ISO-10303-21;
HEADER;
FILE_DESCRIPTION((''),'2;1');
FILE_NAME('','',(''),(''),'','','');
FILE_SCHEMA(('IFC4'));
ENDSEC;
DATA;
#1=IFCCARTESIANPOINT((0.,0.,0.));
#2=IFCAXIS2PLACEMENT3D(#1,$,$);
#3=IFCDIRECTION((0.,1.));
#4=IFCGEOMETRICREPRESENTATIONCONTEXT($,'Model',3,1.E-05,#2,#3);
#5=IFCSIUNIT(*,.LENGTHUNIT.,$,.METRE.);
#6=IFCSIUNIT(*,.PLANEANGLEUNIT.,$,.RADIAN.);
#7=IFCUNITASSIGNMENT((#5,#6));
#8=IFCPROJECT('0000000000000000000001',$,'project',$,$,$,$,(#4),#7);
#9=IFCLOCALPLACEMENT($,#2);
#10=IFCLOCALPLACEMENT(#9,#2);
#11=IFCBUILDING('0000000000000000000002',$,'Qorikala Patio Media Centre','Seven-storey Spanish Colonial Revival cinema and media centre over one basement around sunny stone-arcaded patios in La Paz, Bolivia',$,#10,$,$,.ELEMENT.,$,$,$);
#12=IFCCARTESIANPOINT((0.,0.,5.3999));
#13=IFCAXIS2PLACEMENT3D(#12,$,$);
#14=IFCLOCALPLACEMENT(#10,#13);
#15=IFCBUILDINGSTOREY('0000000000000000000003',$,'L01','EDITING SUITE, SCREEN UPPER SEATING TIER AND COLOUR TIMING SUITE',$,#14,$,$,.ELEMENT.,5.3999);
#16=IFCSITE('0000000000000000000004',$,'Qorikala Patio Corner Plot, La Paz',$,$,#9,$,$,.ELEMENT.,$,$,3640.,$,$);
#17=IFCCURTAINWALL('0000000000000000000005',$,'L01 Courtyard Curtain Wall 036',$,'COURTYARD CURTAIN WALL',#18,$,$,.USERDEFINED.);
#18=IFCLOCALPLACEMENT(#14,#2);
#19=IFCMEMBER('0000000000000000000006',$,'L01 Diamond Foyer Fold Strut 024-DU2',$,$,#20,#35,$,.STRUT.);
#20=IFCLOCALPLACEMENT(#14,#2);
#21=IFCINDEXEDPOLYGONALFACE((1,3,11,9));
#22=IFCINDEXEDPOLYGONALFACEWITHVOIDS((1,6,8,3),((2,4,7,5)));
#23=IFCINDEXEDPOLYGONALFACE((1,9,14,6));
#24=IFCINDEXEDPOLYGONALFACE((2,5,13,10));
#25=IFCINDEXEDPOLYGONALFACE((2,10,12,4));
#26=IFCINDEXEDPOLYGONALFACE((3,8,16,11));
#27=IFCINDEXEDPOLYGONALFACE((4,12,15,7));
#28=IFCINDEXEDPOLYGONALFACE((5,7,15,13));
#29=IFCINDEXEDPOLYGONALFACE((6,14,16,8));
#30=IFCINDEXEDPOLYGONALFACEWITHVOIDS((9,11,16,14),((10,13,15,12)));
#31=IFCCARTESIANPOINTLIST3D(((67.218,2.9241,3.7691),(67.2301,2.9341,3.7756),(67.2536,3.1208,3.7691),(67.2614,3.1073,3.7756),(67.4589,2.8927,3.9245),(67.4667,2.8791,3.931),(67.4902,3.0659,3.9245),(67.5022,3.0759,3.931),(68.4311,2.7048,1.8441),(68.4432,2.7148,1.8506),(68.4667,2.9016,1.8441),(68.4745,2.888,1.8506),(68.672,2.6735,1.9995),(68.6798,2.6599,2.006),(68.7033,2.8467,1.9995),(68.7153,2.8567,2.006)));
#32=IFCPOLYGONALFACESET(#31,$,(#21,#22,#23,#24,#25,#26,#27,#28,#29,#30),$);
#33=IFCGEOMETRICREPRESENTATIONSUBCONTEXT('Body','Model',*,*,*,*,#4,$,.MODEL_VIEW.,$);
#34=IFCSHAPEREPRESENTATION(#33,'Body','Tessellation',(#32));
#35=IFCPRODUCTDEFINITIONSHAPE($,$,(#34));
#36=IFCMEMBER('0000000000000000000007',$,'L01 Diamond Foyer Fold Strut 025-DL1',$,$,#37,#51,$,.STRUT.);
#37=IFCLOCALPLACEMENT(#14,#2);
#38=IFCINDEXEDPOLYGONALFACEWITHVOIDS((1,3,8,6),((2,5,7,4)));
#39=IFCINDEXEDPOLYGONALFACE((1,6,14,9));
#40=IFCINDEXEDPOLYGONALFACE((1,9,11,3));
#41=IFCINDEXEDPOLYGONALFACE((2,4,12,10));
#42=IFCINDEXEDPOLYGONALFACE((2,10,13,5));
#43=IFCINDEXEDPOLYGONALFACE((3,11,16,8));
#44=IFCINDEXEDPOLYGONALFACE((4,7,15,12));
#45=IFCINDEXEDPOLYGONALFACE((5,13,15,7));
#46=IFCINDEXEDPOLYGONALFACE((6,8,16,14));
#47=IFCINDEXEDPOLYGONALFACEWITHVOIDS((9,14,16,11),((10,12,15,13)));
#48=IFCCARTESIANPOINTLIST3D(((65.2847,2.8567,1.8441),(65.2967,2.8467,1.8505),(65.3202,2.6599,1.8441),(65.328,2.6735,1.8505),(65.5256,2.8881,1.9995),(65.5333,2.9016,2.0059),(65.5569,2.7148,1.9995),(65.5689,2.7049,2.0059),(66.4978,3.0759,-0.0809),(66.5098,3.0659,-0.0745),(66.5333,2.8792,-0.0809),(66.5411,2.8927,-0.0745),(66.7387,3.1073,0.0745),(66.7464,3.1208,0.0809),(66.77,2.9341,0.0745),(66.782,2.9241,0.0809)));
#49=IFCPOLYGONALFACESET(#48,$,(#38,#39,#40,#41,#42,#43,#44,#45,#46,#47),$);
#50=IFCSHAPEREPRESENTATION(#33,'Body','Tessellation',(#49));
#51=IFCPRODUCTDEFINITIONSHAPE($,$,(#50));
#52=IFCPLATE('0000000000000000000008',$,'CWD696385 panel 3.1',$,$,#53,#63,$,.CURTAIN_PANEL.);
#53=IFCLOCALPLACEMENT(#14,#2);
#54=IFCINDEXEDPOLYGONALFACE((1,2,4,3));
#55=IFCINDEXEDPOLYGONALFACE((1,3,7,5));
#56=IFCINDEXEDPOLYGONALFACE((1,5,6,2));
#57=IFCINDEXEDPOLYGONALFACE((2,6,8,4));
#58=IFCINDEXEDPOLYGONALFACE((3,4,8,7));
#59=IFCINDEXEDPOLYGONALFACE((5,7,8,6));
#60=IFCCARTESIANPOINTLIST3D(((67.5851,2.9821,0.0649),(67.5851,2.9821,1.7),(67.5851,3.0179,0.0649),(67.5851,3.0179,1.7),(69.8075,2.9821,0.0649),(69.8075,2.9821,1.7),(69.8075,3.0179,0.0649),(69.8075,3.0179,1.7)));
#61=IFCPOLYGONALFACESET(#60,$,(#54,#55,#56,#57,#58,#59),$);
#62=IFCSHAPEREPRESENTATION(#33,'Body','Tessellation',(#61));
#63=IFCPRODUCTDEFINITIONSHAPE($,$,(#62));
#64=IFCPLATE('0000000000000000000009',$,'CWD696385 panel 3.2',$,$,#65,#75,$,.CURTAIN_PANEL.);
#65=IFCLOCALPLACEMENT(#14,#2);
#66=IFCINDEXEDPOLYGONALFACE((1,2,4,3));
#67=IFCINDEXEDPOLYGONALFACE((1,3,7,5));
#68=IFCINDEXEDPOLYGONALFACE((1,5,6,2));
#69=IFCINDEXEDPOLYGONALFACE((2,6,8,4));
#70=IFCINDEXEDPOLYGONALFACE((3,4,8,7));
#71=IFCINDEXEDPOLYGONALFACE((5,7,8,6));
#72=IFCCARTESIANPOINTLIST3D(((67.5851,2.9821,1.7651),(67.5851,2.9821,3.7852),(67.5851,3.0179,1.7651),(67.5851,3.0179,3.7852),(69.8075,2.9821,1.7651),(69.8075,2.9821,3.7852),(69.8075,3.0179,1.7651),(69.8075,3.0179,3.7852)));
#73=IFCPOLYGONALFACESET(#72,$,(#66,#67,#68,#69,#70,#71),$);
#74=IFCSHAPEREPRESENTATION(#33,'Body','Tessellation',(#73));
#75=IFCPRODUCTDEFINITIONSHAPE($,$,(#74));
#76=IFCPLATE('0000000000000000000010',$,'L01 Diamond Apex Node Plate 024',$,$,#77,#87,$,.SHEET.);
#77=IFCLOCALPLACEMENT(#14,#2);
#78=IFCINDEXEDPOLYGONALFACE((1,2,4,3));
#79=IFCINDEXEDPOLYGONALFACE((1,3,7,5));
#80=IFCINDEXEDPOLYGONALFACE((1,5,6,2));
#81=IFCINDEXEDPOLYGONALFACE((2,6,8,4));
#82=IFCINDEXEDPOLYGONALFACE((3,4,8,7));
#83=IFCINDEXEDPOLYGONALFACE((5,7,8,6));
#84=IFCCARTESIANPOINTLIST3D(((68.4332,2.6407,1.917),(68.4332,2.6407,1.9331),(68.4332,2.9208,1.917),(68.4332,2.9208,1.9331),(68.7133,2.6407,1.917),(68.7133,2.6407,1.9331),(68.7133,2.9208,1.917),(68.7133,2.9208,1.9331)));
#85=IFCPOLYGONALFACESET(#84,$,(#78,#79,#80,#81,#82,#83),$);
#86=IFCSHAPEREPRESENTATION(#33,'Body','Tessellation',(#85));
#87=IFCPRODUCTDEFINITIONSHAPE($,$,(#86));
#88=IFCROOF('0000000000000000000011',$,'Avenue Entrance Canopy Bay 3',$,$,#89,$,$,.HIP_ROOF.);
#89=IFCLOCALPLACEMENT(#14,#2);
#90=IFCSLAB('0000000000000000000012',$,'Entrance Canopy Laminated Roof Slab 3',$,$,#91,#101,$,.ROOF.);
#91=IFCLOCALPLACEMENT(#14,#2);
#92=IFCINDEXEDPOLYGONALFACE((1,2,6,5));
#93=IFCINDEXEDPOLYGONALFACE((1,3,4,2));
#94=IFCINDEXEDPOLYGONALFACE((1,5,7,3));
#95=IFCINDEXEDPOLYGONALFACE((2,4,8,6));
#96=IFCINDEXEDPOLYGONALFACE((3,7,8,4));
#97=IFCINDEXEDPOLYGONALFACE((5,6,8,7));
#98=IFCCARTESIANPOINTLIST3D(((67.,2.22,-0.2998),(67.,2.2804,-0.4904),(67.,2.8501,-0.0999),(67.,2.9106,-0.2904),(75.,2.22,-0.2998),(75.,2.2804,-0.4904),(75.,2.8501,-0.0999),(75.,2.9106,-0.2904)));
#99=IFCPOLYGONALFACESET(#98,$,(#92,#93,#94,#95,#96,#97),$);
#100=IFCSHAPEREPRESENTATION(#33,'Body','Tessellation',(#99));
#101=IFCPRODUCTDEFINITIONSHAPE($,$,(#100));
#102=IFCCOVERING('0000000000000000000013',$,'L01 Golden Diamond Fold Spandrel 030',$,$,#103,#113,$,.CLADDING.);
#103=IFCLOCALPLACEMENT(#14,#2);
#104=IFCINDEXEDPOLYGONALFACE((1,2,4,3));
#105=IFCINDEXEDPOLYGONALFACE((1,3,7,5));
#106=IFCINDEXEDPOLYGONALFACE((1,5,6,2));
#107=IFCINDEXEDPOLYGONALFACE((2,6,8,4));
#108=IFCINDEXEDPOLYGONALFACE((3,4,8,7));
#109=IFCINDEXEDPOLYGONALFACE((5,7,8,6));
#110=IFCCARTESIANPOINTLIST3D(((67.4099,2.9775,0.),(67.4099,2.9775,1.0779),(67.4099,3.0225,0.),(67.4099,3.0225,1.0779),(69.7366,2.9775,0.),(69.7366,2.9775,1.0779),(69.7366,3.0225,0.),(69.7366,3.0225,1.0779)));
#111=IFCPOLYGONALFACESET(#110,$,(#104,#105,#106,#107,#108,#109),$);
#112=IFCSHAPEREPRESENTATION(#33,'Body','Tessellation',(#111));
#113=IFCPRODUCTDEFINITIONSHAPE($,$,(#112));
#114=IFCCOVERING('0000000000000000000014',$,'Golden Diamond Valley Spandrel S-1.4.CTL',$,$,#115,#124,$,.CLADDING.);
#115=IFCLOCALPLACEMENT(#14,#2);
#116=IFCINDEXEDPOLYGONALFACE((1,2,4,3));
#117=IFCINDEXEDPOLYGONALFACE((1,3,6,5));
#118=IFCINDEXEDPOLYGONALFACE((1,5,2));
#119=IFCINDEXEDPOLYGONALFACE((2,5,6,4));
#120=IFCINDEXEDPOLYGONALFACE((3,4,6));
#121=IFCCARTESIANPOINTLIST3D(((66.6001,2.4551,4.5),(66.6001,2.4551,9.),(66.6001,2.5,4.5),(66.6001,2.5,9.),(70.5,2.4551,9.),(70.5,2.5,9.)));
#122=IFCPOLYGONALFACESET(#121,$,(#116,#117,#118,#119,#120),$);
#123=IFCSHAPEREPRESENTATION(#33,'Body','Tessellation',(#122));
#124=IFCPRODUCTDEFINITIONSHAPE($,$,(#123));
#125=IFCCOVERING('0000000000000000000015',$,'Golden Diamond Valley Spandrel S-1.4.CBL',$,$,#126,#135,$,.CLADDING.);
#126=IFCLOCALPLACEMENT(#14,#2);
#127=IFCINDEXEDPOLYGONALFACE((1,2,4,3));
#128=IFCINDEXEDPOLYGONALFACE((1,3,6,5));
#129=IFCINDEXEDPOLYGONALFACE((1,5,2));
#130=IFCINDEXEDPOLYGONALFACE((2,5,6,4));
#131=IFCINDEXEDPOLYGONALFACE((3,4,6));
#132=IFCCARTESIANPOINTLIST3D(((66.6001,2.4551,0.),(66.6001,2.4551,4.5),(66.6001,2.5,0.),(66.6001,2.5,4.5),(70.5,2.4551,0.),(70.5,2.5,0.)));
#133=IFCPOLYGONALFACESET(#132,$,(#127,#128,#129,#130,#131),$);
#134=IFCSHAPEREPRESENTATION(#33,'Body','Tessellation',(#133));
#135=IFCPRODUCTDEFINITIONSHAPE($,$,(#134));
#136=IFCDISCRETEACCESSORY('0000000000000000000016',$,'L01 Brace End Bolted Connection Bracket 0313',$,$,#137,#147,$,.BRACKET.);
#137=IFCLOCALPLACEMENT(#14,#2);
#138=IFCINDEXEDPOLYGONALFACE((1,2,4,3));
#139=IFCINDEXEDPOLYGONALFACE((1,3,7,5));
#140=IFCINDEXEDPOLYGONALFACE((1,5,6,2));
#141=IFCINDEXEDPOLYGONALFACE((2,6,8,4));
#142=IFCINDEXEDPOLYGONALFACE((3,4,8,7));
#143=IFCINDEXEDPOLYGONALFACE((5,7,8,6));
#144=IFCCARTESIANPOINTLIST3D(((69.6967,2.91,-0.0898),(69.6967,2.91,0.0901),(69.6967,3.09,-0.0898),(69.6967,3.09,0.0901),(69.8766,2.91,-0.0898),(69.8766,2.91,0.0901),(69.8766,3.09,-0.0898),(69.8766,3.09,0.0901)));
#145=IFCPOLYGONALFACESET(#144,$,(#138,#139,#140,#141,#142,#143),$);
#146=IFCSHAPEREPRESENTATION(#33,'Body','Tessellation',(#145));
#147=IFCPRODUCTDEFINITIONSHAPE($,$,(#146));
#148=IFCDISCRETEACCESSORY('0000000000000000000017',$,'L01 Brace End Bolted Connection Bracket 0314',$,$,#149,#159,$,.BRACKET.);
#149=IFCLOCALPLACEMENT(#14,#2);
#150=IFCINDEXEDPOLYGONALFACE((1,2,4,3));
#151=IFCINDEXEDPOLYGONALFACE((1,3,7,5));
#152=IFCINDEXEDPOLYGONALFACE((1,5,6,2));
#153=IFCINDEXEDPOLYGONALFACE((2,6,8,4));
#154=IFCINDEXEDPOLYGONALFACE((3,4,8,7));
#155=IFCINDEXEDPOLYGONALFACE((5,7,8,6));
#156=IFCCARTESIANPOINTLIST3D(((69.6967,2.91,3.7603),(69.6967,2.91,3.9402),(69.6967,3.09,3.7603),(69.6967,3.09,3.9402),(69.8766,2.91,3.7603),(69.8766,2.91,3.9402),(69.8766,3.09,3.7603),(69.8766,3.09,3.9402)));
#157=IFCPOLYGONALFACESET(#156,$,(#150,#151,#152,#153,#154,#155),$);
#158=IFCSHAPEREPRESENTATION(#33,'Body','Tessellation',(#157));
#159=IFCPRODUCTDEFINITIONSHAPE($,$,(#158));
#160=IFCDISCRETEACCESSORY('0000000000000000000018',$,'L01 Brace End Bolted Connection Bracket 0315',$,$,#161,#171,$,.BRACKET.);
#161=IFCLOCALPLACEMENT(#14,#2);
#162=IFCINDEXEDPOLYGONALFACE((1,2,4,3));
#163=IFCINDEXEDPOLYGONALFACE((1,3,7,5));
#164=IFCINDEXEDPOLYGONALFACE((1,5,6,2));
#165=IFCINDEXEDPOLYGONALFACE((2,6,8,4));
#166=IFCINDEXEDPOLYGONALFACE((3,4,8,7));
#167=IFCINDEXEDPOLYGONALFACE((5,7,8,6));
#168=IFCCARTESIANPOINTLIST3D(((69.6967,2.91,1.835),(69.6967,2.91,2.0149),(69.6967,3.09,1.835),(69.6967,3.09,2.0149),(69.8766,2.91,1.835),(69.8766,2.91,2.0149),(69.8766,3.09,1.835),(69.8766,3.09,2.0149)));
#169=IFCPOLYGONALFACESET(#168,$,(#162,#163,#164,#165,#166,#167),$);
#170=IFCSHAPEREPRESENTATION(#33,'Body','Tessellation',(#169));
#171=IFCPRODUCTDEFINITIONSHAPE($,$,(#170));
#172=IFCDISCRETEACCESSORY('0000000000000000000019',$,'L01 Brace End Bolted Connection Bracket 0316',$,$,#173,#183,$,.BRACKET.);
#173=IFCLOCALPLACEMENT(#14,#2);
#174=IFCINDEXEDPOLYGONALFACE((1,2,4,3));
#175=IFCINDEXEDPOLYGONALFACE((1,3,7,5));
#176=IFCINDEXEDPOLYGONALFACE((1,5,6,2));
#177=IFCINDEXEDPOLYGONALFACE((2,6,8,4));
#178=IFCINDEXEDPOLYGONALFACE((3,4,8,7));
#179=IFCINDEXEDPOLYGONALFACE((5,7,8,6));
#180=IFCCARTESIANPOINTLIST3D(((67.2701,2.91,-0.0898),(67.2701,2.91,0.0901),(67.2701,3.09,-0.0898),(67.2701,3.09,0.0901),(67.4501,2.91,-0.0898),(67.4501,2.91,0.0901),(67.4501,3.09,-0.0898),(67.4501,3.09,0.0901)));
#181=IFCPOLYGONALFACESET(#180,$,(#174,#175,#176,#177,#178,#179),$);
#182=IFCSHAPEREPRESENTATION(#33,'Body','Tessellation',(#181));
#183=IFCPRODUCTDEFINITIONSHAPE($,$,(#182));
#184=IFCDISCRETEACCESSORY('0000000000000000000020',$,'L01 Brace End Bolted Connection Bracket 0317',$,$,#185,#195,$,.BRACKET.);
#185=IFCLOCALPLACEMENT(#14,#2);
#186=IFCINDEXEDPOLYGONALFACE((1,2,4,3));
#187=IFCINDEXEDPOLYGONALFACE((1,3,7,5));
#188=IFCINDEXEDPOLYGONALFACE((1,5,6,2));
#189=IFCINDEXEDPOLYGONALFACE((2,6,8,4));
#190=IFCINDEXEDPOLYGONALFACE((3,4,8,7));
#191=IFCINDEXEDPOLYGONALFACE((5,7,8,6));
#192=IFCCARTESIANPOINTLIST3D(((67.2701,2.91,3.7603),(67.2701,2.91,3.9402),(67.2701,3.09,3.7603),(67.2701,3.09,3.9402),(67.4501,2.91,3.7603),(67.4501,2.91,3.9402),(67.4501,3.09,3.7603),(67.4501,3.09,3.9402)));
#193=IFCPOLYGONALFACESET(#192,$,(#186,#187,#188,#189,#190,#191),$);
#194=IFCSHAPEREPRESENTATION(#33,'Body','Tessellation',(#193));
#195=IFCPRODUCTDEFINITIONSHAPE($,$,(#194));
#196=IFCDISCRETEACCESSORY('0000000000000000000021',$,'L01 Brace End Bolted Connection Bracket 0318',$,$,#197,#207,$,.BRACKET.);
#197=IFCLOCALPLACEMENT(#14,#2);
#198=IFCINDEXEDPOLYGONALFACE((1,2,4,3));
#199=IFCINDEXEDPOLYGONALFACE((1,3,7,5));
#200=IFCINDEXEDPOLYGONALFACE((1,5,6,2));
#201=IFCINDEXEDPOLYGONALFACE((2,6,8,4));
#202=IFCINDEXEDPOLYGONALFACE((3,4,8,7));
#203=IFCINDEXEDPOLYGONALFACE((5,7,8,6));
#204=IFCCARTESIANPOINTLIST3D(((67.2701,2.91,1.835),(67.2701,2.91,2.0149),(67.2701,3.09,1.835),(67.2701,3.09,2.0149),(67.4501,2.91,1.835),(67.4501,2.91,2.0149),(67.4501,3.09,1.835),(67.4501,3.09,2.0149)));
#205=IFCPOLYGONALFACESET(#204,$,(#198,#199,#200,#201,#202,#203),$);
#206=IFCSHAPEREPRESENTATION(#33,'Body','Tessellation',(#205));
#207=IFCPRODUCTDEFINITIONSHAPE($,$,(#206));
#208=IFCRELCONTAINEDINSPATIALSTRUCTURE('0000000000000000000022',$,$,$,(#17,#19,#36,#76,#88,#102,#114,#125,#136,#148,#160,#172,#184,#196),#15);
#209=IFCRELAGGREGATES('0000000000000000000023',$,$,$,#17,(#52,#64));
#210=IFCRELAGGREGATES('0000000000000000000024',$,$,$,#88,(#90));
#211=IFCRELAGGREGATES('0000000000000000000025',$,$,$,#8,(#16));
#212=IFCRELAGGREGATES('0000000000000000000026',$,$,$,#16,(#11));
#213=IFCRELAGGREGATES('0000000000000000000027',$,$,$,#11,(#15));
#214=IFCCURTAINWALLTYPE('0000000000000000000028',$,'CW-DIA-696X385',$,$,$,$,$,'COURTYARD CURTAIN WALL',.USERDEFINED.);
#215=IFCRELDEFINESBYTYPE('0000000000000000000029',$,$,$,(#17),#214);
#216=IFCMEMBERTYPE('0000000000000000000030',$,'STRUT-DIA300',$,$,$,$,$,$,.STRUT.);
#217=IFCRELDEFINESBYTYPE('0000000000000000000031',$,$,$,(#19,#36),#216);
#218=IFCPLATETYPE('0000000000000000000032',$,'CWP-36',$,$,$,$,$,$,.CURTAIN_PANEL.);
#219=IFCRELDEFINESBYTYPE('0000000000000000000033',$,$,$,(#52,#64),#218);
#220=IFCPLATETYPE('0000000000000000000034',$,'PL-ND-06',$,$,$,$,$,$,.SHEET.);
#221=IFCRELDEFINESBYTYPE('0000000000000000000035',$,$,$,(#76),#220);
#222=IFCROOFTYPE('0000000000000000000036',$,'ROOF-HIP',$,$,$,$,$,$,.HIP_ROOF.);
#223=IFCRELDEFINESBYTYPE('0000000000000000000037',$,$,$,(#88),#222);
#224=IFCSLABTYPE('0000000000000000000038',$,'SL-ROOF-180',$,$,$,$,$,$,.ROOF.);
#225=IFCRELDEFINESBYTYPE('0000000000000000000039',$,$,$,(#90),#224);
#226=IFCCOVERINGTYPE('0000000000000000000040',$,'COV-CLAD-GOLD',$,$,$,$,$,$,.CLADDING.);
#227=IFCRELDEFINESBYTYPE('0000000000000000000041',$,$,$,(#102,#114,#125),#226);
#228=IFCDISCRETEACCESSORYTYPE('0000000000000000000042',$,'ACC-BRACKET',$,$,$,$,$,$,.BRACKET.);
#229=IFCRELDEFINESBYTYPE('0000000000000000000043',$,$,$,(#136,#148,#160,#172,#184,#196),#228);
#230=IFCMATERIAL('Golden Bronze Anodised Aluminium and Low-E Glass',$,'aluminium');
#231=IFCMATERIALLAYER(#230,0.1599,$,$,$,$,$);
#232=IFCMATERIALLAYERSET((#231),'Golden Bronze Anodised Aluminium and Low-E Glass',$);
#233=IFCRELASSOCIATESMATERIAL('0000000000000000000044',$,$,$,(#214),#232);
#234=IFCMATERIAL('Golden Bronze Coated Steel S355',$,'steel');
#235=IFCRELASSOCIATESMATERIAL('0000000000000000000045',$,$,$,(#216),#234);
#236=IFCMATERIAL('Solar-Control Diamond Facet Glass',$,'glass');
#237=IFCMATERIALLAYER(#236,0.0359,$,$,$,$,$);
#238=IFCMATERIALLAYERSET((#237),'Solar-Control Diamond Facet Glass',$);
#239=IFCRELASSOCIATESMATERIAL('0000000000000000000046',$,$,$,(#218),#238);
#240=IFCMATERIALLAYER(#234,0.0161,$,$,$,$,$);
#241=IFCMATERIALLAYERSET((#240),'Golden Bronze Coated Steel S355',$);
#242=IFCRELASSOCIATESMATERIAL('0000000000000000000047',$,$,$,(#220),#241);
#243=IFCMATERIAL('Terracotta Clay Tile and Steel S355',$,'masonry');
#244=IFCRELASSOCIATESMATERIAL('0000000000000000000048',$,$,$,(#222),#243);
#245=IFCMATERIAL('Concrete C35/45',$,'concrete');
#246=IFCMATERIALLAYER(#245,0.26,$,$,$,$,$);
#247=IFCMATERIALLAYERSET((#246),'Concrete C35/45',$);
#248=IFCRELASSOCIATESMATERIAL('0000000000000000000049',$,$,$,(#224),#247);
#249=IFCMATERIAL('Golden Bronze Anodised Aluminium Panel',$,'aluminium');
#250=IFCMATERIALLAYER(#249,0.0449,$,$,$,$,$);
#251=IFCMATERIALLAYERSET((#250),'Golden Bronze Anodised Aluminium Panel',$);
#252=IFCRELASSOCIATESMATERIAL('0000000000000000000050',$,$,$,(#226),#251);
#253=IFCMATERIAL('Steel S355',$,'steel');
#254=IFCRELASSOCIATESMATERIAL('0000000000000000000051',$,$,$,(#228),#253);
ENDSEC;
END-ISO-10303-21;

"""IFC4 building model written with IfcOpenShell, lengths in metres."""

from ifc_helpers import new_model, si_unit, direction, frame, origin, origin_2d, place, context, subcontext, project, spatial, polyline, rectangle, hollow_rectangle, outline, extrude, material, layer, layer_set, material_profile, profile_set, type_object, element, aggregate, save


model = new_model("IFC4")

# Units and contexts
model_context = context("Model", 3, precision=1e-05, world=origin(), true_north=direction((0.0, 1.0)))
body_context = subcontext(model_context, "Body", "Model", "MODEL_VIEW")
ifc_project = project(units=[si_unit("LENGTHUNIT", "METRE"), si_unit("PLANEANGLEUNIT", "RADIAN")], contexts=[model_context])

# Site, building, storey
site_placement = place(None, origin())
site = spatial("IfcSite", under=ifc_project, at=site_placement, Name="Qorikala Patio Corner Plot, La Paz", CompositionType="ELEMENT", RefElevation=3640.0)
building_placement = place(site_placement, origin())
building = spatial("IfcBuilding", under=site, at=building_placement, Name="Qorikala Patio Media Centre", Description="Seven-storey Spanish Colonial Revival cinema and media centre over one basement around sunny stone-arcaded patios in La Paz, Bolivia", CompositionType="ELEMENT")
storey_placement = place(building_placement, frame((0.0, 0.0, 5.3999)))
storey = spatial("IfcBuildingStorey", under=building, at=storey_placement, Name="L01", Description="EDITING SUITE, SCREEN UPPER SEATING TIER AND COLOUR TIMING SUITE", CompositionType="ELEMENT", Elevation=5.3999)

# Shared definitions
ifc_material_1 = material(Name="Concrete C35/45", Category="concrete")

# Shared definitions
ifc_material_2 = material(Name="Golden Bronze Coated Steel S355", Category="steel")

# Curtain wall
ifc_material_3 = material(Name="Golden Bronze Anodised Aluminium and Low-E Glass", Category="aluminium")
ifc_layer_1 = layer(ifc_material_3, 0.1599)
ifc_layer_set_1 = layer_set([ifc_layer_1], Name="Golden Bronze Anodised Aluminium and Low-E Glass")
curtain_wall_type = type_object("IfcCurtainWallType", Name="CW-DIA-696X385", ElementType="COURTYARD CURTAIN WALL", PredefinedType="USERDEFINED", material=ifc_layer_set_1)
curtain_wall_placement = place(storey_placement, origin())
curtain_wall = element("IfcCurtainWall", 1, at=curtain_wall_placement, inside=storey, type_object=curtain_wall_type, Name="L01 Courtyard Curtain Wall 036", ObjectType="COURTYARD CURTAIN WALL", PredefinedType="USERDEFINED")

# Shared definitions
ifc_material_4 = material(Name="Steel S355", Category="steel")

# Members
ifc_material_profile_1 = material_profile(ifc_material_2, hollow_rectangle(XDim=0.2, YDim=0.3, WallThickness=0.012, at=origin_2d()), Name="HSS300X200X12")
ifc_profile_set_1 = profile_set([ifc_material_profile_1], Name="Golden Bronze Coated Steel S355")
member_type_1 = type_object("IfcMemberType", Name="STRUT-DIA300", PredefinedType="STRUT", material=ifc_profile_set_1)
for number, where, z_axis, x_axis, name in (
    (2, (68.5732, 2.7808, 1.925), (-0.530691, 0.095907, 0.842121), (-0.17784, -0.984059, 0.0), "L01 Diamond Foyer Fold Strut 024-DU2"),
    (3, (66.6399, 3.0, 0.0), (-0.530691, -0.095907, 0.842121), (0.17784, -0.984059, 0.0), "L01 Diamond Foyer Fold Strut 025-DL1"),
):
    element("IfcMember", number, at=place(storey_placement, frame(where, z_axis=z_axis, x_axis=x_axis)), inside=storey, type_object=member_type_1, Name=name, PredefinedType="STRUT", context=body_context, shape_type="SweptSolid", body=[
        extrude(hollow_rectangle(XDim=0.2, YDim=0.3, WallThickness=0.012, at=origin_2d()), origin(), (0.0, 0.0, 1.0), 2.2859),
    ])

# Plates
ifc_material_5 = material(Name="Solar-Control Diamond Facet Glass", Category="glass")
ifc_layer_2 = layer(ifc_material_5, 0.0359)
ifc_layer_set_2 = layer_set([ifc_layer_2], Name="Solar-Control Diamond Facet Glass")
plate_type_1 = type_object("IfcPlateType", Name="CWP-36", PredefinedType="CURTAIN_PANEL", material=ifc_layer_set_2)
plate_1_placement = place(storey_placement, frame((68.6963, 3.0, 0.0649), z_axis=(0.0, 0.0, 1.0), x_axis=(-1.0, 0.0, 0.0)))
plate_1 = element("IfcPlate", 4, at=plate_1_placement, type_object=plate_type_1, Name="CWD696385 panel 3.1", PredefinedType="CURTAIN_PANEL", context=body_context, shape_type="SweptSolid", body=[
    extrude(rectangle(XDim=2.2224, YDim=0.0359, at=origin_2d()), origin(), (0.0, 0.0, 1.0), 1.635),
])
plate_2_placement = place(storey_placement, frame((68.6963, 3.0, 1.7651), z_axis=(0.0, 0.0, 1.0), x_axis=(-1.0, 0.0, 0.0)))
plate_2 = element("IfcPlate", 5, at=plate_2_placement, type_object=plate_type_1, Name="CWD696385 panel 3.2", PredefinedType="CURTAIN_PANEL", context=body_context, shape_type="SweptSolid", body=[
    extrude(rectangle(XDim=2.2224, YDim=0.0359, at=origin_2d()), origin(), (0.0, 0.0, 1.0), 2.02),
])
aggregate(curtain_wall, [plate_1, plate_2])
ifc_layer_3 = layer(ifc_material_2, 0.0161)
ifc_layer_set_3 = layer_set([ifc_layer_3], Name="Golden Bronze Coated Steel S355")
plate_type_2 = type_object("IfcPlateType", Name="PL-ND-06", PredefinedType="SHEET", material=ifc_layer_set_3)
plate_3_placement = place(storey_placement, frame((68.5732, 2.7808, 1.917), z_axis=(0.0, 0.0, 1.0), x_axis=(-1.0, 0.0, 0.0)))
element("IfcPlate", 6, at=plate_3_placement, inside=storey, type_object=plate_type_2, Name="L01 Diamond Apex Node Plate 024", PredefinedType="SHEET", context=body_context, shape_type="SweptSolid", body=[
    extrude(rectangle(XDim=0.28, YDim=0.28, at=origin_2d()), origin(), (0.0, 0.0, 1.0), 0.0161),
])

# Roof, slab
ifc_material_6 = material(Name="Terracotta Clay Tile and Steel S355", Category="masonry")
roof_type = type_object("IfcRoofType", Name="ROOF-HIP", PredefinedType="HIP_ROOF", material=ifc_material_6)
roof_placement = place(storey_placement, origin())
roof = element("IfcRoof", 7, at=roof_placement, inside=storey, type_object=roof_type, Name="Avenue Entrance Canopy Bay 3", PredefinedType="HIP_ROOF")
ifc_layer_4 = layer(ifc_material_1, 0.26)
ifc_layer_set_4 = layer_set([ifc_layer_4], Name="Concrete C35/45")
slab_type = type_object("IfcSlabType", Name="SL-ROOF-180", PredefinedType="ROOF", material=ifc_layer_set_4)
slab_placement = place(storey_placement, frame((67.0, 2.22, -0.2998), z_axis=(0.0, -0.302457, 0.953163), x_axis=(1.0, 0.0, 0.0)))
slab = element("IfcSlab", 8, at=slab_placement, type_object=slab_type, Name="Entrance Canopy Laminated Roof Slab 3", PredefinedType="ROOF", context=body_context, shape_type="SweptSolid", body=[
    extrude(outline(polyline([(0.0, 0.0), (8.0, 0.0), (8.0, 0.6611), (0.0, 0.6611), (0.0, 0.0)])), origin(), (0.0, 0.0, -1.0), 0.2),
])
aggregate(roof, [slab])

# Coverings
ifc_material_7 = material(Name="Golden Bronze Anodised Aluminium Panel", Category="aluminium")
ifc_layer_5 = layer(ifc_material_7, 0.0449)
ifc_layer_set_5 = layer_set([ifc_layer_5], Name="Golden Bronze Anodised Aluminium Panel")
covering_type = type_object("IfcCoveringType", Name="COV-CLAD-GOLD", PredefinedType="CLADDING", material=ifc_layer_set_5)
covering_1_placement = place(storey_placement, frame((68.5732, 3.0, 0.0), z_axis=(0.0, 0.0, 1.0), x_axis=(-1.0, 0.0, 0.0)))
element("IfcCovering", 9, at=covering_1_placement, inside=storey, type_object=covering_type, Name="L01 Golden Diamond Fold Spandrel 030", PredefinedType="CLADDING", context=body_context, shape_type="SweptSolid", body=[
    extrude(rectangle(XDim=2.3267, YDim=0.0449, at=origin_2d()), origin(), (0.0, 0.0, 1.0), 1.0779),
])
covering_2_placement = place(storey_placement, frame((66.6001, 2.5, 9.0), z_axis=(0.0, 1.0, 0.0), x_axis=(1.0, 0.0, 0.0)))
element("IfcCovering", 10, at=covering_2_placement, inside=storey, type_object=covering_type, Name="Golden Diamond Valley Spandrel S-1.4.CTL", PredefinedType="CLADDING", context=body_context, shape_type="SweptSolid", body=[
    extrude(outline(polyline([(0.0, 0.0), (3.8999, 0.0), (0.0, 4.5), (0.0, 0.0)])), origin(), (0.0, 0.0, -1.0), 0.0449),
])
covering_3_placement = place(storey_placement, frame((66.6001, 2.5, 0.0), z_axis=(0.0, 1.0, 0.0), x_axis=(0.0, 0.0, 1.0)))
element("IfcCovering", 11, at=covering_3_placement, inside=storey, type_object=covering_type, Name="Golden Diamond Valley Spandrel S-1.4.CBL", PredefinedType="CLADDING", context=body_context, shape_type="SweptSolid", body=[
    extrude(outline(polyline([(0.0, 0.0), (4.5, 0.0), (0.0, 3.8999), (0.0, 0.0)])), origin(), (0.0, 0.0, -1.0), 0.0449),
])

# Discrete accessories
discrete_accessory_type = type_object("IfcDiscreteAccessoryType", Name="ACC-BRACKET", PredefinedType="BRACKET", material=ifc_material_4)
for number, where, z_axis, x_axis, name in (
    (12, (69.7866, 3.0, -0.0898), (0.0, 0.0, 1.0), (1.0, 0.0, 0.0), "L01 Brace End Bolted Connection Bracket 0313"),
    (13, (69.7866, 3.0, 3.7603), (0.0, 0.0, 1.0), (1.0, 0.0, 0.0), "L01 Brace End Bolted Connection Bracket 0314"),
    (14, (69.7866, 3.0, 1.835), (0.0, 0.0, 1.0), (1.0, 0.0, 0.0), "L01 Brace End Bolted Connection Bracket 0315"),
    (15, (67.3601, 3.0, -0.0898), (0.0, 0.0, 1.0), (1.0, 0.0, 0.0), "L01 Brace End Bolted Connection Bracket 0316"),
    (16, (67.3601, 3.0, 3.7603), (0.0, 0.0, 1.0), (1.0, 0.0, 0.0), "L01 Brace End Bolted Connection Bracket 0317"),
    (17, (67.3601, 3.0, 1.835), (0.0, 0.0, 1.0), (1.0, 0.0, 0.0), "L01 Brace End Bolted Connection Bracket 0318"),
):
    element("IfcDiscreteAccessory", number, at=place(storey_placement, frame(where, z_axis=z_axis, x_axis=x_axis)), inside=storey, type_object=discrete_accessory_type, Name=name, PredefinedType="BRACKET", context=body_context, shape_type="SweptSolid", body=[
        extrude(rectangle(XDim=0.1799, YDim=0.1799, at=origin_2d()), origin(), (0.0, 0.0, 1.0), 0.1799),
    ])

save(model, "model.ifc")
